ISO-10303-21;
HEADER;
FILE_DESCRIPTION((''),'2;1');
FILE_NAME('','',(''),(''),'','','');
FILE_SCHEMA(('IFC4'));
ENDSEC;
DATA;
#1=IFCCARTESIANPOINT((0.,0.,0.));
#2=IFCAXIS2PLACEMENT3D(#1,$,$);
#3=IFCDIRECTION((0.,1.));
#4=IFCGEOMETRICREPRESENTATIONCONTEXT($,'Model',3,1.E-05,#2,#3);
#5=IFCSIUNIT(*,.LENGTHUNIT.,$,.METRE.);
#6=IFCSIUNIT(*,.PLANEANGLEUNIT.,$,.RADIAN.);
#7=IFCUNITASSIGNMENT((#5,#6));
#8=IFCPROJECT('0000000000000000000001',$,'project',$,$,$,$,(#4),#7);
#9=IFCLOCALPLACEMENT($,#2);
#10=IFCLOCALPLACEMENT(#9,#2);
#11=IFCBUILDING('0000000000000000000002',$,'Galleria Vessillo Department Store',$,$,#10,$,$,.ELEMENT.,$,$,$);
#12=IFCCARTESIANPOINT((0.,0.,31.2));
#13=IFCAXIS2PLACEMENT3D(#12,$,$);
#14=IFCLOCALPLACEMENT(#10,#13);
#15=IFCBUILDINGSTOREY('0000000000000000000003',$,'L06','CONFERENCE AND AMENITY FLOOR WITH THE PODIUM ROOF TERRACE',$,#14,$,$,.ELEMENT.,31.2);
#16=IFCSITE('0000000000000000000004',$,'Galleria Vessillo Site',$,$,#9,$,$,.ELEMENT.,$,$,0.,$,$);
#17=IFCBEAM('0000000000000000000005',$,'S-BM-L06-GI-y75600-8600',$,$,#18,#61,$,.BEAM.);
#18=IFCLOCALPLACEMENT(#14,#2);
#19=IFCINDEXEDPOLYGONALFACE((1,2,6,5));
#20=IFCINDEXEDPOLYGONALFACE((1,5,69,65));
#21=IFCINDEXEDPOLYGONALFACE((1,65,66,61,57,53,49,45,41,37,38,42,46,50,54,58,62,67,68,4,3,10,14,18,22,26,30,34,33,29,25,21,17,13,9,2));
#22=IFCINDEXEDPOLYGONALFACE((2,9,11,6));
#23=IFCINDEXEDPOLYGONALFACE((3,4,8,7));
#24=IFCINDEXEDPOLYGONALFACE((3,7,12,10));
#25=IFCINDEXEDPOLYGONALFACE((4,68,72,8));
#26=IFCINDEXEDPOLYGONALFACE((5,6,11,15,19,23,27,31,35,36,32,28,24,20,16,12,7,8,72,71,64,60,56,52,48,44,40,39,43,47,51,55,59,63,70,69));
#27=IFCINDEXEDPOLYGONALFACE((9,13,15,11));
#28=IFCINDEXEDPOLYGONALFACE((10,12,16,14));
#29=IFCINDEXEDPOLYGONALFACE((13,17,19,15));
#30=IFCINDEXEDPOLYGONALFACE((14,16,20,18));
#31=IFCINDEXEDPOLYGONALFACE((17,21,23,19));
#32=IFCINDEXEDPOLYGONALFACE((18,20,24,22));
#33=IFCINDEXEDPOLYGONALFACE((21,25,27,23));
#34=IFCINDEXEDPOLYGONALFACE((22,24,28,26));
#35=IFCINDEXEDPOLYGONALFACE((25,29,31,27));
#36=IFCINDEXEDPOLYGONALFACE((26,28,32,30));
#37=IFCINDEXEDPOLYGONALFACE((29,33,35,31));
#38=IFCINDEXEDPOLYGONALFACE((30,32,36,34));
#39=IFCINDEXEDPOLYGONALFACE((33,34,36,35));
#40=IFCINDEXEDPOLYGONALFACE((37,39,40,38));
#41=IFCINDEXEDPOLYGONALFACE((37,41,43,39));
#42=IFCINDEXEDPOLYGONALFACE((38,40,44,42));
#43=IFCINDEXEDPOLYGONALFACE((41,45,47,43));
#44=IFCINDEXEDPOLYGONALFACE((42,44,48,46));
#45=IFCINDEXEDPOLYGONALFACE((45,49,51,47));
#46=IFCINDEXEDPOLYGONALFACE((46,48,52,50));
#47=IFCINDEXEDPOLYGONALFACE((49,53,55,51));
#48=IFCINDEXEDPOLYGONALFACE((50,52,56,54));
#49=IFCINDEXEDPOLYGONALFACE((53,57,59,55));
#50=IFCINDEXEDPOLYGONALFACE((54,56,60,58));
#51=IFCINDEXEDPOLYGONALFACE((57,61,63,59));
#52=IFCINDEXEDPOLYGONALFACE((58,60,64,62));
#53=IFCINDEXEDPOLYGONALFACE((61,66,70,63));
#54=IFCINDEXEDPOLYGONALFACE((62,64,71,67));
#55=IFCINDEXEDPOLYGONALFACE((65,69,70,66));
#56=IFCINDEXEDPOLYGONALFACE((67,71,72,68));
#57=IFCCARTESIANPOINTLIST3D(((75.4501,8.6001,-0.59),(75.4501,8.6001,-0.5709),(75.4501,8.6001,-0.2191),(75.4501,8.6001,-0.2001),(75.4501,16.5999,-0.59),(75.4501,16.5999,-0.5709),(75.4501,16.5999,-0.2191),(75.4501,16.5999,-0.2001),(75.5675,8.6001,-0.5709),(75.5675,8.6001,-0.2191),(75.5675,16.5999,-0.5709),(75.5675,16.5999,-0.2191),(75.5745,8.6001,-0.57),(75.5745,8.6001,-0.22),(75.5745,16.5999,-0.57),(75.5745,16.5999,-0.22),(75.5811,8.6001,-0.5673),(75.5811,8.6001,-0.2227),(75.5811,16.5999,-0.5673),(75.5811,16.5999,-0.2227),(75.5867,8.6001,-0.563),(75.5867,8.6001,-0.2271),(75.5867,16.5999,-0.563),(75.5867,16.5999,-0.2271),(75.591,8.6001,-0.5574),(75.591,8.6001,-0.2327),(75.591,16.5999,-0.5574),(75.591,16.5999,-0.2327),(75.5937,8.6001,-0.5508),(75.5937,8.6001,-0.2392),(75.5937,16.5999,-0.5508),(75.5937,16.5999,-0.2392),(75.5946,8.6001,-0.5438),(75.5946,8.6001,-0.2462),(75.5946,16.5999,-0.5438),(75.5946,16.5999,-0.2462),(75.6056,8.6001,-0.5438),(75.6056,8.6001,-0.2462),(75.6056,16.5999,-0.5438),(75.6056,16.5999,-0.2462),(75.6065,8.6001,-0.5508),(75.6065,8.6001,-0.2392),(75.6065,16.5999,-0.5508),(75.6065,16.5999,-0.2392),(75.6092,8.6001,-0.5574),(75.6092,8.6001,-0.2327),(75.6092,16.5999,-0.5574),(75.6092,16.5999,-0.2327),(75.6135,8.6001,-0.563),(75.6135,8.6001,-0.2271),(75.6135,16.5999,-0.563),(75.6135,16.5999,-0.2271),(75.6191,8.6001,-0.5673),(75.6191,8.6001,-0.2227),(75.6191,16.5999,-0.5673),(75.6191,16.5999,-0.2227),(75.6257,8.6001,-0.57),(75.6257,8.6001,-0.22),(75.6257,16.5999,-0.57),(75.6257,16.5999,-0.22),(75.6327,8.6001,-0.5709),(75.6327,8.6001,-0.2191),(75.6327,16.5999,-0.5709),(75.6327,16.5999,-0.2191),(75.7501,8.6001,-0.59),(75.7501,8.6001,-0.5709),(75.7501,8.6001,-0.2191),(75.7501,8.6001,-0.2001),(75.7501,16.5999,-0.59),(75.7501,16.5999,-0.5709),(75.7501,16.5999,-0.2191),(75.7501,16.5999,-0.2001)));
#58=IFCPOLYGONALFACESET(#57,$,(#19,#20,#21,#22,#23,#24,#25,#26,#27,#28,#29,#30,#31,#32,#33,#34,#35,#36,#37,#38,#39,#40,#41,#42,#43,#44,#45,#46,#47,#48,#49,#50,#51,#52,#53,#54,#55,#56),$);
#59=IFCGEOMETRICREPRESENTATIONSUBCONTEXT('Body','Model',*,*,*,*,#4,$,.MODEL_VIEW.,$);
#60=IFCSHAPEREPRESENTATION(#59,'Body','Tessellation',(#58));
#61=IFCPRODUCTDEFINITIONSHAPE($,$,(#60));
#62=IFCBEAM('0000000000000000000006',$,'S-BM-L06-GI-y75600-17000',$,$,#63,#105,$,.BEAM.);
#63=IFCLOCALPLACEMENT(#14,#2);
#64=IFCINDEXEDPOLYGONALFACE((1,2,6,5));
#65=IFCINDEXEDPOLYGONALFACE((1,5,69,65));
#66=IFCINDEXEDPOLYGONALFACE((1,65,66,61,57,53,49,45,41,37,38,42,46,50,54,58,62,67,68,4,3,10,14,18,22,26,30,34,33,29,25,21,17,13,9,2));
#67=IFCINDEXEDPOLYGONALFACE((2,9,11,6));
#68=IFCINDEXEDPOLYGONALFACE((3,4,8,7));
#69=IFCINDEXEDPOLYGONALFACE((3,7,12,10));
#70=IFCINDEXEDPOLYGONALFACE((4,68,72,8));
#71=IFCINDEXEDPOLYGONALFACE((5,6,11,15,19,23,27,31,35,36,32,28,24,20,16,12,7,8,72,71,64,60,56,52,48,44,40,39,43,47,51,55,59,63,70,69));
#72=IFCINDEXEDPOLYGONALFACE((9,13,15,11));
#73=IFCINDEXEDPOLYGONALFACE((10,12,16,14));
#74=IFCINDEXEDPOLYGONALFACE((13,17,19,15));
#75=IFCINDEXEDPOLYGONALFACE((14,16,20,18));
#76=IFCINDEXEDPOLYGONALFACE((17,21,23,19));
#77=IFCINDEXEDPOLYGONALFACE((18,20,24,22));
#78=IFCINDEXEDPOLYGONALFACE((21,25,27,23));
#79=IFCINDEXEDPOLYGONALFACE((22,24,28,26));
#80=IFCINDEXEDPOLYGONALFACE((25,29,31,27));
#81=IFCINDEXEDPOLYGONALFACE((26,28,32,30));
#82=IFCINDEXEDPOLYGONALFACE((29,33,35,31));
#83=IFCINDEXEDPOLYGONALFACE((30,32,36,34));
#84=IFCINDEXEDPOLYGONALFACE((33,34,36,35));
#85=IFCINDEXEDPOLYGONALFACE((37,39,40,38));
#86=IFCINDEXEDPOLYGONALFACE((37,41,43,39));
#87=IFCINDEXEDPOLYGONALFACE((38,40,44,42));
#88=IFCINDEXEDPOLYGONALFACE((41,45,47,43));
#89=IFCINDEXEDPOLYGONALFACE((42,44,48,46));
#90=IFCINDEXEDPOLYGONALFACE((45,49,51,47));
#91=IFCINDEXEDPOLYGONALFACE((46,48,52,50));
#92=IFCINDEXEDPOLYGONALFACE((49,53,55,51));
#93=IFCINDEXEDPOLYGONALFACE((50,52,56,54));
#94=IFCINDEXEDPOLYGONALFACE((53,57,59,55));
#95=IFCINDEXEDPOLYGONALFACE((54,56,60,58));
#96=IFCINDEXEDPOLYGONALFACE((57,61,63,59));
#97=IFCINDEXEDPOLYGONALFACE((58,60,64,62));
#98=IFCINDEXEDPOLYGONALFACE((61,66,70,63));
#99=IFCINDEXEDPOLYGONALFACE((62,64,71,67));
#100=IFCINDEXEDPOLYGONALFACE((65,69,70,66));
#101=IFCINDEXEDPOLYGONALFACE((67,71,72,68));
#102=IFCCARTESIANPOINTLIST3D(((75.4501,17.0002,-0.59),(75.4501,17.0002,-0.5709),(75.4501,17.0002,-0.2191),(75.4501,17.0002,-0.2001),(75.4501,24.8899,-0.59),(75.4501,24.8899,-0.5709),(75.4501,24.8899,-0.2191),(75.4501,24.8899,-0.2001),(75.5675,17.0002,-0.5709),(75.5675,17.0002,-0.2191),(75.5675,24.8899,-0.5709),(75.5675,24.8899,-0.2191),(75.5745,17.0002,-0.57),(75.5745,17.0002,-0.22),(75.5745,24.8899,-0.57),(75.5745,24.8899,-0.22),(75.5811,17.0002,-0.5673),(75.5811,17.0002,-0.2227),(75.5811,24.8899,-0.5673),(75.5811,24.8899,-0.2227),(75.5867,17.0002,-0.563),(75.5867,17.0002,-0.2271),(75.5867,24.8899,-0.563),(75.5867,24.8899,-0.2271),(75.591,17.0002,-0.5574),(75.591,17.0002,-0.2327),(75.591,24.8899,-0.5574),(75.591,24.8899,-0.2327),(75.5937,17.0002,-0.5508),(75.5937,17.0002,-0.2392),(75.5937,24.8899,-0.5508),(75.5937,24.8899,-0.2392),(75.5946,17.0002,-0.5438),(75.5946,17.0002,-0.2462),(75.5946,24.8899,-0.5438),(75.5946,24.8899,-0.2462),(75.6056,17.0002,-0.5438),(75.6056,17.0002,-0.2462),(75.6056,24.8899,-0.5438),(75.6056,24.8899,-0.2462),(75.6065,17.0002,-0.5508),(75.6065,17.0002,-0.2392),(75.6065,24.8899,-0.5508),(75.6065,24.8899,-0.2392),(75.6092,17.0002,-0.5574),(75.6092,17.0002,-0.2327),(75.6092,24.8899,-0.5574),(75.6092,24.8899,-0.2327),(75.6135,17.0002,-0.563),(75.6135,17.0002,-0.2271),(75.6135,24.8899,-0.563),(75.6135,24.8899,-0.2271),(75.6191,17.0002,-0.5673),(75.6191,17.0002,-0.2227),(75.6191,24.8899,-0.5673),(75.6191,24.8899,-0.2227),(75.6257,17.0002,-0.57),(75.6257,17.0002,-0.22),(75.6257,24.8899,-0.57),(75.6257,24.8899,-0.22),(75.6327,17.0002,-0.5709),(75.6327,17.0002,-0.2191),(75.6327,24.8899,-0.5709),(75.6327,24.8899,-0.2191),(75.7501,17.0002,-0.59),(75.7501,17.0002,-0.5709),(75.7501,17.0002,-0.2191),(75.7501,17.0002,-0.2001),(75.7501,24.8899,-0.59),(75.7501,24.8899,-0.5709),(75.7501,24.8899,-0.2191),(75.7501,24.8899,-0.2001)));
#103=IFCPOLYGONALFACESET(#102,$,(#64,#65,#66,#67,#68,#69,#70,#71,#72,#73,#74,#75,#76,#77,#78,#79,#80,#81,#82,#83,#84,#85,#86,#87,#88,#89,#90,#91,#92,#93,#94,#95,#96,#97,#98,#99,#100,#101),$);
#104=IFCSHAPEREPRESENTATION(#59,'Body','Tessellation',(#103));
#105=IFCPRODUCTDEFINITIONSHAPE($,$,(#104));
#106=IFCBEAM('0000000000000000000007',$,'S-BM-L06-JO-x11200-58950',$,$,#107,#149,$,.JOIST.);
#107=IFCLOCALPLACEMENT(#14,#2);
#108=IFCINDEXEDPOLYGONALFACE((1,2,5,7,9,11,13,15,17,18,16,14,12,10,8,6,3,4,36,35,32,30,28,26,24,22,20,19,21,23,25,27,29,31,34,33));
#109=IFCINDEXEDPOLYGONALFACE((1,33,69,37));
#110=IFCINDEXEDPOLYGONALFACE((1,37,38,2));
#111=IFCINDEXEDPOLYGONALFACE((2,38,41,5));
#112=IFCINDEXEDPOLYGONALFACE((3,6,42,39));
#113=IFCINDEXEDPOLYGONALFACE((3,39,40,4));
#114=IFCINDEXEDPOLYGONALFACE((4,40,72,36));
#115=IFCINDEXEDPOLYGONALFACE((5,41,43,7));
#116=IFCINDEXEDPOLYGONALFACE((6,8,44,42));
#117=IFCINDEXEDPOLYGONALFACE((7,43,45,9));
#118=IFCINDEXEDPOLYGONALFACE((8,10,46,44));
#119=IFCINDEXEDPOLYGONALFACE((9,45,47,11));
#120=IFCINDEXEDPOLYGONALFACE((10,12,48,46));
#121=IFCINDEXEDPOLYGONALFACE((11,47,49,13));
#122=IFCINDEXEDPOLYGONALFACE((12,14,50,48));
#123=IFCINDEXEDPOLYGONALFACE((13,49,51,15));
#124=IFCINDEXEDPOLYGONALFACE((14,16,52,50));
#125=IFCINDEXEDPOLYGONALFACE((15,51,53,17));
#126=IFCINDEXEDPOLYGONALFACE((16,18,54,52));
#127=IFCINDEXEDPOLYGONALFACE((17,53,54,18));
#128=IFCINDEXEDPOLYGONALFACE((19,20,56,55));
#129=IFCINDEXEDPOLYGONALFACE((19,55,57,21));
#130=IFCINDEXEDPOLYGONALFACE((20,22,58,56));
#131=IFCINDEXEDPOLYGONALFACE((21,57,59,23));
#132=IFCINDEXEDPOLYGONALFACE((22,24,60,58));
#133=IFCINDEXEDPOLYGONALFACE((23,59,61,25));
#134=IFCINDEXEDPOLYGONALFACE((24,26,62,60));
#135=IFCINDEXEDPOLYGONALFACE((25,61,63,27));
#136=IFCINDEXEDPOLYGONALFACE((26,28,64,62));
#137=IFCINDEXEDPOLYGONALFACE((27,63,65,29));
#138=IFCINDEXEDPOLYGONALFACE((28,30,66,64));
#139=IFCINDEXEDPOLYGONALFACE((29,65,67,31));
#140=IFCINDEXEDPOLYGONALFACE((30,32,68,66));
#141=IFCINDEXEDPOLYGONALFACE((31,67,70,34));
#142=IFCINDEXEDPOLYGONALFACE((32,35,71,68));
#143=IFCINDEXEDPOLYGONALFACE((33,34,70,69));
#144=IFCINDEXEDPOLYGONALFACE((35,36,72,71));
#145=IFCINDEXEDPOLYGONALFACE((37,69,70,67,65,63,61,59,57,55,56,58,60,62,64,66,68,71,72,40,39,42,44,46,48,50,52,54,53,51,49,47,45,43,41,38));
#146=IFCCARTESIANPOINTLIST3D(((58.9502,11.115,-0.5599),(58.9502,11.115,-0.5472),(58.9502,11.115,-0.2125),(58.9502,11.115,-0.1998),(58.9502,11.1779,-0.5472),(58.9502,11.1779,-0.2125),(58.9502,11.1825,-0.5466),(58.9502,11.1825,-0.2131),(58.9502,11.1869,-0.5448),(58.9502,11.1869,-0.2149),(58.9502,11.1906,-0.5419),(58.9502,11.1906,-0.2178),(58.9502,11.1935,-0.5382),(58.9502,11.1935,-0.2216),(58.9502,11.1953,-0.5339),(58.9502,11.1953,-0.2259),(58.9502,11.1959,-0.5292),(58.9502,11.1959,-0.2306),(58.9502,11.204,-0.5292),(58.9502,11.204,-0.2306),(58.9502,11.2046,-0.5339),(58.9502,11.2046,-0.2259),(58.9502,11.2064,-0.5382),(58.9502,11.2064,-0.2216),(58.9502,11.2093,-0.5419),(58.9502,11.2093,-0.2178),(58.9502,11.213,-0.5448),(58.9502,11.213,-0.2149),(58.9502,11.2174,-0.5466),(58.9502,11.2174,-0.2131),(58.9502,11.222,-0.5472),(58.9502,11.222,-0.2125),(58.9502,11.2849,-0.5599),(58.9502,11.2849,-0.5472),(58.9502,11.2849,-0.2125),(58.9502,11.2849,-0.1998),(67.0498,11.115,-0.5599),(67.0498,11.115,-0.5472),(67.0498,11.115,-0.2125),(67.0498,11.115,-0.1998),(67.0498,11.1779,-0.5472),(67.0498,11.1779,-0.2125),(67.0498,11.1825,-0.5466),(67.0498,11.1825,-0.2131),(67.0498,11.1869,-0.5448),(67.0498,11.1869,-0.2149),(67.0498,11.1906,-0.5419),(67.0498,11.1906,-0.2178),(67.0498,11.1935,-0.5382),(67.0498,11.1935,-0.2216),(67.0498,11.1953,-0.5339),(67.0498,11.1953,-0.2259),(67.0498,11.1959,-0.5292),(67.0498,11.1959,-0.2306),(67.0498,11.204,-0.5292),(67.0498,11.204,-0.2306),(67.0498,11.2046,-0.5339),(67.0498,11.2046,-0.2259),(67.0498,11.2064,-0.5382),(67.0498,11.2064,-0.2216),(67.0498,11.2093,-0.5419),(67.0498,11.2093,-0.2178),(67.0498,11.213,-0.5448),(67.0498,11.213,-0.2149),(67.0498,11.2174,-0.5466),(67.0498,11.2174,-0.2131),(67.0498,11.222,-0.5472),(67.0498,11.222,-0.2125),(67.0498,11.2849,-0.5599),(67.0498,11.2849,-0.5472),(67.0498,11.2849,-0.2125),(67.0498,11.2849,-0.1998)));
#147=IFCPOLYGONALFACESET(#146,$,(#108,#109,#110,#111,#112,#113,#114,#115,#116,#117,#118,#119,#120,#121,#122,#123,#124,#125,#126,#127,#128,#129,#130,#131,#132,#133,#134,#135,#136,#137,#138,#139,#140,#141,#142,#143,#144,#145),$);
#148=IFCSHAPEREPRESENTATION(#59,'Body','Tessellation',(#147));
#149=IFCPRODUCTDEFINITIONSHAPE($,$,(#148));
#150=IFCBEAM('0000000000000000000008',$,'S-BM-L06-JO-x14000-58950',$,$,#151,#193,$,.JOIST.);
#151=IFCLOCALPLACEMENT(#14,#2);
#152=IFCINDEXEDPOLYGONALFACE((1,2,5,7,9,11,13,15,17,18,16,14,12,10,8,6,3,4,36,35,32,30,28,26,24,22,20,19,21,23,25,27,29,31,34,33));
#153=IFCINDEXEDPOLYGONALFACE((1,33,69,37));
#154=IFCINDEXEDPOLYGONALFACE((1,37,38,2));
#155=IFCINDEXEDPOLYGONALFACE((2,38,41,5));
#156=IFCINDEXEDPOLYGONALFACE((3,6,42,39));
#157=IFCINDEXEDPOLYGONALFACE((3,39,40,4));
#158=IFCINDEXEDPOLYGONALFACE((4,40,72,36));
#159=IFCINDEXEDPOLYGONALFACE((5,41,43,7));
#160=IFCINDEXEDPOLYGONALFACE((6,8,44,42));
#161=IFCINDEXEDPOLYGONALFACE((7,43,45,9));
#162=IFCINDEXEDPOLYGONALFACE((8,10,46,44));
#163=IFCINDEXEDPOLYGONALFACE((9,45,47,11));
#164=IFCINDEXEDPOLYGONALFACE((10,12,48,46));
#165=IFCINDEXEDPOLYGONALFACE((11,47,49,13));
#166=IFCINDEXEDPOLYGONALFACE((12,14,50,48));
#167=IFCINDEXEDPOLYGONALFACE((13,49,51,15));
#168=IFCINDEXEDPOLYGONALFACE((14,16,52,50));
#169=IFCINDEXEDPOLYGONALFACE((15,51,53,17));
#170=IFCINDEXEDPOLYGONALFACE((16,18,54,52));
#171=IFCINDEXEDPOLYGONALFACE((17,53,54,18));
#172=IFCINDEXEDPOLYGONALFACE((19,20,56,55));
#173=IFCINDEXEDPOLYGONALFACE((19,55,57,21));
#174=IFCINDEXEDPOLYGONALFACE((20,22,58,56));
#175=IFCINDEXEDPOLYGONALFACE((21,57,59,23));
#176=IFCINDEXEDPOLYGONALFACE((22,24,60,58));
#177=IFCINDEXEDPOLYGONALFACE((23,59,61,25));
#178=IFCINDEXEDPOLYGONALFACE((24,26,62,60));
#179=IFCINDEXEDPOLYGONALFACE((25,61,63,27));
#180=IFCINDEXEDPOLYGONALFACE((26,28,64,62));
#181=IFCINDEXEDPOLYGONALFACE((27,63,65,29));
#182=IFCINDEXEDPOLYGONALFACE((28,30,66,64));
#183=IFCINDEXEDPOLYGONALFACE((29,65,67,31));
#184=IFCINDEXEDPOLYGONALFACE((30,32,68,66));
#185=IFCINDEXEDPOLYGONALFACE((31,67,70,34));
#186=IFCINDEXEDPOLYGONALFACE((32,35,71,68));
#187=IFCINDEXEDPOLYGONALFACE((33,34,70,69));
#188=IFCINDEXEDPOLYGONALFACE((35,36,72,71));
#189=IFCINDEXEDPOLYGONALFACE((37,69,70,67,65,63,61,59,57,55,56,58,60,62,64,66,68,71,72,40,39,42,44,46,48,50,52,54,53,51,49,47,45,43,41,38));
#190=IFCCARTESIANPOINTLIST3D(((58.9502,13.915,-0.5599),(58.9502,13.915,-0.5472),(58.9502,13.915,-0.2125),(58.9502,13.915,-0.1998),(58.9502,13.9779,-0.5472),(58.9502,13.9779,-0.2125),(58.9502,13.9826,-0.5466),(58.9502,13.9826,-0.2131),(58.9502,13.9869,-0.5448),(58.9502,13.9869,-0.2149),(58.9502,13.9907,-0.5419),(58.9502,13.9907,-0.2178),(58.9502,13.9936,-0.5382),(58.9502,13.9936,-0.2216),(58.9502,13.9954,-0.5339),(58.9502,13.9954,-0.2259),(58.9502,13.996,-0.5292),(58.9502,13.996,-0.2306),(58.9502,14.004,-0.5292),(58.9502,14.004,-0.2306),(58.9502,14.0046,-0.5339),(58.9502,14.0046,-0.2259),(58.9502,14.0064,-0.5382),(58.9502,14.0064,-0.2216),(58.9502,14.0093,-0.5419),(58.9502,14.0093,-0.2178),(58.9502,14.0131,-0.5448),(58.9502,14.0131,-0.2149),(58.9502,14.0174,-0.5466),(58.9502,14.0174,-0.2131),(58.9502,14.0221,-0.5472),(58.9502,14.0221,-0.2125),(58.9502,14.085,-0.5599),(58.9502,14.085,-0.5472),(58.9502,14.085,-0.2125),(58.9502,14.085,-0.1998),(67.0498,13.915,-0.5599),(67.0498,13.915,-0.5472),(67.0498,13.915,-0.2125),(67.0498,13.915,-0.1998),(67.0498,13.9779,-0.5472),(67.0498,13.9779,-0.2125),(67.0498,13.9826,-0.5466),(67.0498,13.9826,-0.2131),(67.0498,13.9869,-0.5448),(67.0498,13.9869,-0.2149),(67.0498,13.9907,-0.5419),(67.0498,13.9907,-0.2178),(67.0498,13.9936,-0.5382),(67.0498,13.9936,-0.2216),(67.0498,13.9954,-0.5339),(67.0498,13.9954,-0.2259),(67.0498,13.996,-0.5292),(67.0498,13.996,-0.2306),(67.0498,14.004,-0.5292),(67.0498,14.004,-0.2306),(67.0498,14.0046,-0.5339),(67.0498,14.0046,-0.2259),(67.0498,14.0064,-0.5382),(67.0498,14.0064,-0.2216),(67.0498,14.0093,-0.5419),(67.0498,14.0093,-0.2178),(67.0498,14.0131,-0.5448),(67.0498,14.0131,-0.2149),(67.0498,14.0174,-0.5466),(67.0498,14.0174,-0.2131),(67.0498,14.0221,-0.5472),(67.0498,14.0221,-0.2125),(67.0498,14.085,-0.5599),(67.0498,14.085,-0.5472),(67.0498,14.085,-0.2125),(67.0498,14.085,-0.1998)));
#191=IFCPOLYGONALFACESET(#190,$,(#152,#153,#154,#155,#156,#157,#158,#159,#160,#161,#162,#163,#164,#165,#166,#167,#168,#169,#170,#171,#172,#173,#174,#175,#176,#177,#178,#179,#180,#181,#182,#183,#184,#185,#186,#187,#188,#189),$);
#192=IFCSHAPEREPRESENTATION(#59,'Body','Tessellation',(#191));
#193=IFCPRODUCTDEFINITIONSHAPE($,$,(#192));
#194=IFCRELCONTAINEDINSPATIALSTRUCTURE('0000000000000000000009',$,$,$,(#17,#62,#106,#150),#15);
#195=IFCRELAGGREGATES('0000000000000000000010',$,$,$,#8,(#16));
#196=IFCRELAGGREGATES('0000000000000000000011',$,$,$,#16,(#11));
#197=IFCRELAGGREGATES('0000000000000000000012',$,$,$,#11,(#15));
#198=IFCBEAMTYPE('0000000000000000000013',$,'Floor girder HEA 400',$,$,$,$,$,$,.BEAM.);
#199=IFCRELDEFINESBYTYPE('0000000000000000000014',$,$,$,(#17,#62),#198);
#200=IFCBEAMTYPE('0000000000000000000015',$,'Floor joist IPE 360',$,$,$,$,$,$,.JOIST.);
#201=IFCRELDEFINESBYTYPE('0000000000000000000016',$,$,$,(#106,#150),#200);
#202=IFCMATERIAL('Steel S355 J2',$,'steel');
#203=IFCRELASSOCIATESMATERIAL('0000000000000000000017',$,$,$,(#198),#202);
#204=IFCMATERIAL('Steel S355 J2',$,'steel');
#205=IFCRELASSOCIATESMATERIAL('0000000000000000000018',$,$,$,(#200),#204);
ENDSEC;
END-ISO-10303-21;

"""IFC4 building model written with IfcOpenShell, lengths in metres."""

from ifc_helpers import new_model, si_unit, direction, frame, origin, origin_2d, place, context, subcontext, project, spatial, i_section, extrude, material, material_profile, profile_set, type_object, element, save


model = new_model("IFC4")

# Units and contexts
model_context = context("Model", 3, precision=1e-05, world=origin(), true_north=direction((0.0, 1.0)))
body_context = subcontext(model_context, "Body", "Model", "MODEL_VIEW")
ifc_project = project(units=[si_unit("LENGTHUNIT", "METRE"), si_unit("PLANEANGLEUNIT", "RADIAN")], contexts=[model_context])

# Site, building, storey
site_placement = place(None, origin())
site = spatial("IfcSite", under=ifc_project, at=site_placement, Name="Galleria Vessillo Site", CompositionType="ELEMENT", RefElevation=0.0)
building_placement = place(site_placement, origin())
building = spatial("IfcBuilding", under=site, at=building_placement, Name="Galleria Vessillo Department Store", CompositionType="ELEMENT")
storey_placement = place(building_placement, frame((0.0, 0.0, 31.2)))
storey = spatial("IfcBuildingStorey", under=building, at=storey_placement, Name="L06", Description="CONFERENCE AND AMENITY FLOOR WITH THE PODIUM ROOF TERRACE", CompositionType="ELEMENT", Elevation=31.2)

# Beams
ifc_material_1 = material(Name="Steel S355 J2", Category="steel")
ifc_material_profile_1 = material_profile(ifc_material_1, i_section(OverallWidth=0.3, OverallDepth=0.3899, WebThickness=0.011, FlangeThickness=0.019, FilletRadius=0.0271, at=origin_2d()), Name="HEA 400")
ifc_profile_set_1 = profile_set([ifc_material_profile_1], Name="Steel S355 J2")
beam_type_1 = type_object("IfcBeamType", Name="Floor girder HEA 400", PredefinedType="BEAM", material=ifc_profile_set_1)
beam_1_placement = place(storey_placement, frame((75.6001, 8.6001, -0.395), z_axis=(0.0, 1.0, 0.0), x_axis=(-1.0, 0.0, 0.0)))
element("IfcBeam", 1, at=beam_1_placement, inside=storey, type_object=beam_type_1, Name="S-BM-L06-GI-y75600-8600", PredefinedType="BEAM", context=body_context, shape_type="SweptSolid", body=[
    extrude(i_section(OverallWidth=0.3, OverallDepth=0.3899, WebThickness=0.011, FlangeThickness=0.019, FilletRadius=0.0271, at=origin_2d()), origin(), (0.0, 0.0, 1.0), 7.9998),
])
beam_2_placement = place(storey_placement, frame((75.6001, 17.0002, -0.395), z_axis=(0.0, 1.0, 0.0), x_axis=(-1.0, 0.0, 0.0)))
element("IfcBeam", 2, at=beam_2_placement, inside=storey, type_object=beam_type_1, Name="S-BM-L06-GI-y75600-17000", PredefinedType="BEAM", context=body_context, shape_type="SweptSolid", body=[
    extrude(i_section(OverallWidth=0.3, OverallDepth=0.3899, WebThickness=0.011, FlangeThickness=0.019, FilletRadius=0.0271, at=origin_2d()), origin(), (0.0, 0.0, 1.0), 7.8896),
])
ifc_material_2 = material(Name="Steel S355 J2", Category="steel")
ifc_material_profile_2 = material_profile(ifc_material_2, i_section(OverallWidth=0.1699, OverallDepth=0.3601, WebThickness=0.0081, FlangeThickness=0.0127, FilletRadius=0.0181, at=origin_2d()), Name="IPE 360")
ifc_profile_set_2 = profile_set([ifc_material_profile_2], Name="Steel S355 J2")
beam_type_2 = type_object("IfcBeamType", Name="Floor joist IPE 360", PredefinedType="JOIST", material=ifc_profile_set_2)
for number, where, z_axis, x_axis, name in (
    (3, (58.9502, 11.2, -0.3799), (1.0, 0.0, 0.0), (0.0, 1.0, 0.0), "S-BM-L06-JO-x11200-58950"),
    (4, (58.9502, 14.0, -0.3799), (1.0, 0.0, 0.0), (0.0, 1.0, 0.0), "S-BM-L06-JO-x14000-58950"),
):
    element("IfcBeam", number, at=place(storey_placement, frame(where, z_axis=z_axis, x_axis=x_axis)), inside=storey, type_object=beam_type_2, Name=name, PredefinedType="JOIST", context=body_context, shape_type="SweptSolid", body=[
        extrude(i_section(OverallWidth=0.1699, OverallDepth=0.3601, WebThickness=0.0081, FlangeThickness=0.0127, FilletRadius=0.0181, at=origin_2d()), origin(), (0.0, 0.0, 1.0), 8.0996),
    ])

save(model, "model.ifc")
